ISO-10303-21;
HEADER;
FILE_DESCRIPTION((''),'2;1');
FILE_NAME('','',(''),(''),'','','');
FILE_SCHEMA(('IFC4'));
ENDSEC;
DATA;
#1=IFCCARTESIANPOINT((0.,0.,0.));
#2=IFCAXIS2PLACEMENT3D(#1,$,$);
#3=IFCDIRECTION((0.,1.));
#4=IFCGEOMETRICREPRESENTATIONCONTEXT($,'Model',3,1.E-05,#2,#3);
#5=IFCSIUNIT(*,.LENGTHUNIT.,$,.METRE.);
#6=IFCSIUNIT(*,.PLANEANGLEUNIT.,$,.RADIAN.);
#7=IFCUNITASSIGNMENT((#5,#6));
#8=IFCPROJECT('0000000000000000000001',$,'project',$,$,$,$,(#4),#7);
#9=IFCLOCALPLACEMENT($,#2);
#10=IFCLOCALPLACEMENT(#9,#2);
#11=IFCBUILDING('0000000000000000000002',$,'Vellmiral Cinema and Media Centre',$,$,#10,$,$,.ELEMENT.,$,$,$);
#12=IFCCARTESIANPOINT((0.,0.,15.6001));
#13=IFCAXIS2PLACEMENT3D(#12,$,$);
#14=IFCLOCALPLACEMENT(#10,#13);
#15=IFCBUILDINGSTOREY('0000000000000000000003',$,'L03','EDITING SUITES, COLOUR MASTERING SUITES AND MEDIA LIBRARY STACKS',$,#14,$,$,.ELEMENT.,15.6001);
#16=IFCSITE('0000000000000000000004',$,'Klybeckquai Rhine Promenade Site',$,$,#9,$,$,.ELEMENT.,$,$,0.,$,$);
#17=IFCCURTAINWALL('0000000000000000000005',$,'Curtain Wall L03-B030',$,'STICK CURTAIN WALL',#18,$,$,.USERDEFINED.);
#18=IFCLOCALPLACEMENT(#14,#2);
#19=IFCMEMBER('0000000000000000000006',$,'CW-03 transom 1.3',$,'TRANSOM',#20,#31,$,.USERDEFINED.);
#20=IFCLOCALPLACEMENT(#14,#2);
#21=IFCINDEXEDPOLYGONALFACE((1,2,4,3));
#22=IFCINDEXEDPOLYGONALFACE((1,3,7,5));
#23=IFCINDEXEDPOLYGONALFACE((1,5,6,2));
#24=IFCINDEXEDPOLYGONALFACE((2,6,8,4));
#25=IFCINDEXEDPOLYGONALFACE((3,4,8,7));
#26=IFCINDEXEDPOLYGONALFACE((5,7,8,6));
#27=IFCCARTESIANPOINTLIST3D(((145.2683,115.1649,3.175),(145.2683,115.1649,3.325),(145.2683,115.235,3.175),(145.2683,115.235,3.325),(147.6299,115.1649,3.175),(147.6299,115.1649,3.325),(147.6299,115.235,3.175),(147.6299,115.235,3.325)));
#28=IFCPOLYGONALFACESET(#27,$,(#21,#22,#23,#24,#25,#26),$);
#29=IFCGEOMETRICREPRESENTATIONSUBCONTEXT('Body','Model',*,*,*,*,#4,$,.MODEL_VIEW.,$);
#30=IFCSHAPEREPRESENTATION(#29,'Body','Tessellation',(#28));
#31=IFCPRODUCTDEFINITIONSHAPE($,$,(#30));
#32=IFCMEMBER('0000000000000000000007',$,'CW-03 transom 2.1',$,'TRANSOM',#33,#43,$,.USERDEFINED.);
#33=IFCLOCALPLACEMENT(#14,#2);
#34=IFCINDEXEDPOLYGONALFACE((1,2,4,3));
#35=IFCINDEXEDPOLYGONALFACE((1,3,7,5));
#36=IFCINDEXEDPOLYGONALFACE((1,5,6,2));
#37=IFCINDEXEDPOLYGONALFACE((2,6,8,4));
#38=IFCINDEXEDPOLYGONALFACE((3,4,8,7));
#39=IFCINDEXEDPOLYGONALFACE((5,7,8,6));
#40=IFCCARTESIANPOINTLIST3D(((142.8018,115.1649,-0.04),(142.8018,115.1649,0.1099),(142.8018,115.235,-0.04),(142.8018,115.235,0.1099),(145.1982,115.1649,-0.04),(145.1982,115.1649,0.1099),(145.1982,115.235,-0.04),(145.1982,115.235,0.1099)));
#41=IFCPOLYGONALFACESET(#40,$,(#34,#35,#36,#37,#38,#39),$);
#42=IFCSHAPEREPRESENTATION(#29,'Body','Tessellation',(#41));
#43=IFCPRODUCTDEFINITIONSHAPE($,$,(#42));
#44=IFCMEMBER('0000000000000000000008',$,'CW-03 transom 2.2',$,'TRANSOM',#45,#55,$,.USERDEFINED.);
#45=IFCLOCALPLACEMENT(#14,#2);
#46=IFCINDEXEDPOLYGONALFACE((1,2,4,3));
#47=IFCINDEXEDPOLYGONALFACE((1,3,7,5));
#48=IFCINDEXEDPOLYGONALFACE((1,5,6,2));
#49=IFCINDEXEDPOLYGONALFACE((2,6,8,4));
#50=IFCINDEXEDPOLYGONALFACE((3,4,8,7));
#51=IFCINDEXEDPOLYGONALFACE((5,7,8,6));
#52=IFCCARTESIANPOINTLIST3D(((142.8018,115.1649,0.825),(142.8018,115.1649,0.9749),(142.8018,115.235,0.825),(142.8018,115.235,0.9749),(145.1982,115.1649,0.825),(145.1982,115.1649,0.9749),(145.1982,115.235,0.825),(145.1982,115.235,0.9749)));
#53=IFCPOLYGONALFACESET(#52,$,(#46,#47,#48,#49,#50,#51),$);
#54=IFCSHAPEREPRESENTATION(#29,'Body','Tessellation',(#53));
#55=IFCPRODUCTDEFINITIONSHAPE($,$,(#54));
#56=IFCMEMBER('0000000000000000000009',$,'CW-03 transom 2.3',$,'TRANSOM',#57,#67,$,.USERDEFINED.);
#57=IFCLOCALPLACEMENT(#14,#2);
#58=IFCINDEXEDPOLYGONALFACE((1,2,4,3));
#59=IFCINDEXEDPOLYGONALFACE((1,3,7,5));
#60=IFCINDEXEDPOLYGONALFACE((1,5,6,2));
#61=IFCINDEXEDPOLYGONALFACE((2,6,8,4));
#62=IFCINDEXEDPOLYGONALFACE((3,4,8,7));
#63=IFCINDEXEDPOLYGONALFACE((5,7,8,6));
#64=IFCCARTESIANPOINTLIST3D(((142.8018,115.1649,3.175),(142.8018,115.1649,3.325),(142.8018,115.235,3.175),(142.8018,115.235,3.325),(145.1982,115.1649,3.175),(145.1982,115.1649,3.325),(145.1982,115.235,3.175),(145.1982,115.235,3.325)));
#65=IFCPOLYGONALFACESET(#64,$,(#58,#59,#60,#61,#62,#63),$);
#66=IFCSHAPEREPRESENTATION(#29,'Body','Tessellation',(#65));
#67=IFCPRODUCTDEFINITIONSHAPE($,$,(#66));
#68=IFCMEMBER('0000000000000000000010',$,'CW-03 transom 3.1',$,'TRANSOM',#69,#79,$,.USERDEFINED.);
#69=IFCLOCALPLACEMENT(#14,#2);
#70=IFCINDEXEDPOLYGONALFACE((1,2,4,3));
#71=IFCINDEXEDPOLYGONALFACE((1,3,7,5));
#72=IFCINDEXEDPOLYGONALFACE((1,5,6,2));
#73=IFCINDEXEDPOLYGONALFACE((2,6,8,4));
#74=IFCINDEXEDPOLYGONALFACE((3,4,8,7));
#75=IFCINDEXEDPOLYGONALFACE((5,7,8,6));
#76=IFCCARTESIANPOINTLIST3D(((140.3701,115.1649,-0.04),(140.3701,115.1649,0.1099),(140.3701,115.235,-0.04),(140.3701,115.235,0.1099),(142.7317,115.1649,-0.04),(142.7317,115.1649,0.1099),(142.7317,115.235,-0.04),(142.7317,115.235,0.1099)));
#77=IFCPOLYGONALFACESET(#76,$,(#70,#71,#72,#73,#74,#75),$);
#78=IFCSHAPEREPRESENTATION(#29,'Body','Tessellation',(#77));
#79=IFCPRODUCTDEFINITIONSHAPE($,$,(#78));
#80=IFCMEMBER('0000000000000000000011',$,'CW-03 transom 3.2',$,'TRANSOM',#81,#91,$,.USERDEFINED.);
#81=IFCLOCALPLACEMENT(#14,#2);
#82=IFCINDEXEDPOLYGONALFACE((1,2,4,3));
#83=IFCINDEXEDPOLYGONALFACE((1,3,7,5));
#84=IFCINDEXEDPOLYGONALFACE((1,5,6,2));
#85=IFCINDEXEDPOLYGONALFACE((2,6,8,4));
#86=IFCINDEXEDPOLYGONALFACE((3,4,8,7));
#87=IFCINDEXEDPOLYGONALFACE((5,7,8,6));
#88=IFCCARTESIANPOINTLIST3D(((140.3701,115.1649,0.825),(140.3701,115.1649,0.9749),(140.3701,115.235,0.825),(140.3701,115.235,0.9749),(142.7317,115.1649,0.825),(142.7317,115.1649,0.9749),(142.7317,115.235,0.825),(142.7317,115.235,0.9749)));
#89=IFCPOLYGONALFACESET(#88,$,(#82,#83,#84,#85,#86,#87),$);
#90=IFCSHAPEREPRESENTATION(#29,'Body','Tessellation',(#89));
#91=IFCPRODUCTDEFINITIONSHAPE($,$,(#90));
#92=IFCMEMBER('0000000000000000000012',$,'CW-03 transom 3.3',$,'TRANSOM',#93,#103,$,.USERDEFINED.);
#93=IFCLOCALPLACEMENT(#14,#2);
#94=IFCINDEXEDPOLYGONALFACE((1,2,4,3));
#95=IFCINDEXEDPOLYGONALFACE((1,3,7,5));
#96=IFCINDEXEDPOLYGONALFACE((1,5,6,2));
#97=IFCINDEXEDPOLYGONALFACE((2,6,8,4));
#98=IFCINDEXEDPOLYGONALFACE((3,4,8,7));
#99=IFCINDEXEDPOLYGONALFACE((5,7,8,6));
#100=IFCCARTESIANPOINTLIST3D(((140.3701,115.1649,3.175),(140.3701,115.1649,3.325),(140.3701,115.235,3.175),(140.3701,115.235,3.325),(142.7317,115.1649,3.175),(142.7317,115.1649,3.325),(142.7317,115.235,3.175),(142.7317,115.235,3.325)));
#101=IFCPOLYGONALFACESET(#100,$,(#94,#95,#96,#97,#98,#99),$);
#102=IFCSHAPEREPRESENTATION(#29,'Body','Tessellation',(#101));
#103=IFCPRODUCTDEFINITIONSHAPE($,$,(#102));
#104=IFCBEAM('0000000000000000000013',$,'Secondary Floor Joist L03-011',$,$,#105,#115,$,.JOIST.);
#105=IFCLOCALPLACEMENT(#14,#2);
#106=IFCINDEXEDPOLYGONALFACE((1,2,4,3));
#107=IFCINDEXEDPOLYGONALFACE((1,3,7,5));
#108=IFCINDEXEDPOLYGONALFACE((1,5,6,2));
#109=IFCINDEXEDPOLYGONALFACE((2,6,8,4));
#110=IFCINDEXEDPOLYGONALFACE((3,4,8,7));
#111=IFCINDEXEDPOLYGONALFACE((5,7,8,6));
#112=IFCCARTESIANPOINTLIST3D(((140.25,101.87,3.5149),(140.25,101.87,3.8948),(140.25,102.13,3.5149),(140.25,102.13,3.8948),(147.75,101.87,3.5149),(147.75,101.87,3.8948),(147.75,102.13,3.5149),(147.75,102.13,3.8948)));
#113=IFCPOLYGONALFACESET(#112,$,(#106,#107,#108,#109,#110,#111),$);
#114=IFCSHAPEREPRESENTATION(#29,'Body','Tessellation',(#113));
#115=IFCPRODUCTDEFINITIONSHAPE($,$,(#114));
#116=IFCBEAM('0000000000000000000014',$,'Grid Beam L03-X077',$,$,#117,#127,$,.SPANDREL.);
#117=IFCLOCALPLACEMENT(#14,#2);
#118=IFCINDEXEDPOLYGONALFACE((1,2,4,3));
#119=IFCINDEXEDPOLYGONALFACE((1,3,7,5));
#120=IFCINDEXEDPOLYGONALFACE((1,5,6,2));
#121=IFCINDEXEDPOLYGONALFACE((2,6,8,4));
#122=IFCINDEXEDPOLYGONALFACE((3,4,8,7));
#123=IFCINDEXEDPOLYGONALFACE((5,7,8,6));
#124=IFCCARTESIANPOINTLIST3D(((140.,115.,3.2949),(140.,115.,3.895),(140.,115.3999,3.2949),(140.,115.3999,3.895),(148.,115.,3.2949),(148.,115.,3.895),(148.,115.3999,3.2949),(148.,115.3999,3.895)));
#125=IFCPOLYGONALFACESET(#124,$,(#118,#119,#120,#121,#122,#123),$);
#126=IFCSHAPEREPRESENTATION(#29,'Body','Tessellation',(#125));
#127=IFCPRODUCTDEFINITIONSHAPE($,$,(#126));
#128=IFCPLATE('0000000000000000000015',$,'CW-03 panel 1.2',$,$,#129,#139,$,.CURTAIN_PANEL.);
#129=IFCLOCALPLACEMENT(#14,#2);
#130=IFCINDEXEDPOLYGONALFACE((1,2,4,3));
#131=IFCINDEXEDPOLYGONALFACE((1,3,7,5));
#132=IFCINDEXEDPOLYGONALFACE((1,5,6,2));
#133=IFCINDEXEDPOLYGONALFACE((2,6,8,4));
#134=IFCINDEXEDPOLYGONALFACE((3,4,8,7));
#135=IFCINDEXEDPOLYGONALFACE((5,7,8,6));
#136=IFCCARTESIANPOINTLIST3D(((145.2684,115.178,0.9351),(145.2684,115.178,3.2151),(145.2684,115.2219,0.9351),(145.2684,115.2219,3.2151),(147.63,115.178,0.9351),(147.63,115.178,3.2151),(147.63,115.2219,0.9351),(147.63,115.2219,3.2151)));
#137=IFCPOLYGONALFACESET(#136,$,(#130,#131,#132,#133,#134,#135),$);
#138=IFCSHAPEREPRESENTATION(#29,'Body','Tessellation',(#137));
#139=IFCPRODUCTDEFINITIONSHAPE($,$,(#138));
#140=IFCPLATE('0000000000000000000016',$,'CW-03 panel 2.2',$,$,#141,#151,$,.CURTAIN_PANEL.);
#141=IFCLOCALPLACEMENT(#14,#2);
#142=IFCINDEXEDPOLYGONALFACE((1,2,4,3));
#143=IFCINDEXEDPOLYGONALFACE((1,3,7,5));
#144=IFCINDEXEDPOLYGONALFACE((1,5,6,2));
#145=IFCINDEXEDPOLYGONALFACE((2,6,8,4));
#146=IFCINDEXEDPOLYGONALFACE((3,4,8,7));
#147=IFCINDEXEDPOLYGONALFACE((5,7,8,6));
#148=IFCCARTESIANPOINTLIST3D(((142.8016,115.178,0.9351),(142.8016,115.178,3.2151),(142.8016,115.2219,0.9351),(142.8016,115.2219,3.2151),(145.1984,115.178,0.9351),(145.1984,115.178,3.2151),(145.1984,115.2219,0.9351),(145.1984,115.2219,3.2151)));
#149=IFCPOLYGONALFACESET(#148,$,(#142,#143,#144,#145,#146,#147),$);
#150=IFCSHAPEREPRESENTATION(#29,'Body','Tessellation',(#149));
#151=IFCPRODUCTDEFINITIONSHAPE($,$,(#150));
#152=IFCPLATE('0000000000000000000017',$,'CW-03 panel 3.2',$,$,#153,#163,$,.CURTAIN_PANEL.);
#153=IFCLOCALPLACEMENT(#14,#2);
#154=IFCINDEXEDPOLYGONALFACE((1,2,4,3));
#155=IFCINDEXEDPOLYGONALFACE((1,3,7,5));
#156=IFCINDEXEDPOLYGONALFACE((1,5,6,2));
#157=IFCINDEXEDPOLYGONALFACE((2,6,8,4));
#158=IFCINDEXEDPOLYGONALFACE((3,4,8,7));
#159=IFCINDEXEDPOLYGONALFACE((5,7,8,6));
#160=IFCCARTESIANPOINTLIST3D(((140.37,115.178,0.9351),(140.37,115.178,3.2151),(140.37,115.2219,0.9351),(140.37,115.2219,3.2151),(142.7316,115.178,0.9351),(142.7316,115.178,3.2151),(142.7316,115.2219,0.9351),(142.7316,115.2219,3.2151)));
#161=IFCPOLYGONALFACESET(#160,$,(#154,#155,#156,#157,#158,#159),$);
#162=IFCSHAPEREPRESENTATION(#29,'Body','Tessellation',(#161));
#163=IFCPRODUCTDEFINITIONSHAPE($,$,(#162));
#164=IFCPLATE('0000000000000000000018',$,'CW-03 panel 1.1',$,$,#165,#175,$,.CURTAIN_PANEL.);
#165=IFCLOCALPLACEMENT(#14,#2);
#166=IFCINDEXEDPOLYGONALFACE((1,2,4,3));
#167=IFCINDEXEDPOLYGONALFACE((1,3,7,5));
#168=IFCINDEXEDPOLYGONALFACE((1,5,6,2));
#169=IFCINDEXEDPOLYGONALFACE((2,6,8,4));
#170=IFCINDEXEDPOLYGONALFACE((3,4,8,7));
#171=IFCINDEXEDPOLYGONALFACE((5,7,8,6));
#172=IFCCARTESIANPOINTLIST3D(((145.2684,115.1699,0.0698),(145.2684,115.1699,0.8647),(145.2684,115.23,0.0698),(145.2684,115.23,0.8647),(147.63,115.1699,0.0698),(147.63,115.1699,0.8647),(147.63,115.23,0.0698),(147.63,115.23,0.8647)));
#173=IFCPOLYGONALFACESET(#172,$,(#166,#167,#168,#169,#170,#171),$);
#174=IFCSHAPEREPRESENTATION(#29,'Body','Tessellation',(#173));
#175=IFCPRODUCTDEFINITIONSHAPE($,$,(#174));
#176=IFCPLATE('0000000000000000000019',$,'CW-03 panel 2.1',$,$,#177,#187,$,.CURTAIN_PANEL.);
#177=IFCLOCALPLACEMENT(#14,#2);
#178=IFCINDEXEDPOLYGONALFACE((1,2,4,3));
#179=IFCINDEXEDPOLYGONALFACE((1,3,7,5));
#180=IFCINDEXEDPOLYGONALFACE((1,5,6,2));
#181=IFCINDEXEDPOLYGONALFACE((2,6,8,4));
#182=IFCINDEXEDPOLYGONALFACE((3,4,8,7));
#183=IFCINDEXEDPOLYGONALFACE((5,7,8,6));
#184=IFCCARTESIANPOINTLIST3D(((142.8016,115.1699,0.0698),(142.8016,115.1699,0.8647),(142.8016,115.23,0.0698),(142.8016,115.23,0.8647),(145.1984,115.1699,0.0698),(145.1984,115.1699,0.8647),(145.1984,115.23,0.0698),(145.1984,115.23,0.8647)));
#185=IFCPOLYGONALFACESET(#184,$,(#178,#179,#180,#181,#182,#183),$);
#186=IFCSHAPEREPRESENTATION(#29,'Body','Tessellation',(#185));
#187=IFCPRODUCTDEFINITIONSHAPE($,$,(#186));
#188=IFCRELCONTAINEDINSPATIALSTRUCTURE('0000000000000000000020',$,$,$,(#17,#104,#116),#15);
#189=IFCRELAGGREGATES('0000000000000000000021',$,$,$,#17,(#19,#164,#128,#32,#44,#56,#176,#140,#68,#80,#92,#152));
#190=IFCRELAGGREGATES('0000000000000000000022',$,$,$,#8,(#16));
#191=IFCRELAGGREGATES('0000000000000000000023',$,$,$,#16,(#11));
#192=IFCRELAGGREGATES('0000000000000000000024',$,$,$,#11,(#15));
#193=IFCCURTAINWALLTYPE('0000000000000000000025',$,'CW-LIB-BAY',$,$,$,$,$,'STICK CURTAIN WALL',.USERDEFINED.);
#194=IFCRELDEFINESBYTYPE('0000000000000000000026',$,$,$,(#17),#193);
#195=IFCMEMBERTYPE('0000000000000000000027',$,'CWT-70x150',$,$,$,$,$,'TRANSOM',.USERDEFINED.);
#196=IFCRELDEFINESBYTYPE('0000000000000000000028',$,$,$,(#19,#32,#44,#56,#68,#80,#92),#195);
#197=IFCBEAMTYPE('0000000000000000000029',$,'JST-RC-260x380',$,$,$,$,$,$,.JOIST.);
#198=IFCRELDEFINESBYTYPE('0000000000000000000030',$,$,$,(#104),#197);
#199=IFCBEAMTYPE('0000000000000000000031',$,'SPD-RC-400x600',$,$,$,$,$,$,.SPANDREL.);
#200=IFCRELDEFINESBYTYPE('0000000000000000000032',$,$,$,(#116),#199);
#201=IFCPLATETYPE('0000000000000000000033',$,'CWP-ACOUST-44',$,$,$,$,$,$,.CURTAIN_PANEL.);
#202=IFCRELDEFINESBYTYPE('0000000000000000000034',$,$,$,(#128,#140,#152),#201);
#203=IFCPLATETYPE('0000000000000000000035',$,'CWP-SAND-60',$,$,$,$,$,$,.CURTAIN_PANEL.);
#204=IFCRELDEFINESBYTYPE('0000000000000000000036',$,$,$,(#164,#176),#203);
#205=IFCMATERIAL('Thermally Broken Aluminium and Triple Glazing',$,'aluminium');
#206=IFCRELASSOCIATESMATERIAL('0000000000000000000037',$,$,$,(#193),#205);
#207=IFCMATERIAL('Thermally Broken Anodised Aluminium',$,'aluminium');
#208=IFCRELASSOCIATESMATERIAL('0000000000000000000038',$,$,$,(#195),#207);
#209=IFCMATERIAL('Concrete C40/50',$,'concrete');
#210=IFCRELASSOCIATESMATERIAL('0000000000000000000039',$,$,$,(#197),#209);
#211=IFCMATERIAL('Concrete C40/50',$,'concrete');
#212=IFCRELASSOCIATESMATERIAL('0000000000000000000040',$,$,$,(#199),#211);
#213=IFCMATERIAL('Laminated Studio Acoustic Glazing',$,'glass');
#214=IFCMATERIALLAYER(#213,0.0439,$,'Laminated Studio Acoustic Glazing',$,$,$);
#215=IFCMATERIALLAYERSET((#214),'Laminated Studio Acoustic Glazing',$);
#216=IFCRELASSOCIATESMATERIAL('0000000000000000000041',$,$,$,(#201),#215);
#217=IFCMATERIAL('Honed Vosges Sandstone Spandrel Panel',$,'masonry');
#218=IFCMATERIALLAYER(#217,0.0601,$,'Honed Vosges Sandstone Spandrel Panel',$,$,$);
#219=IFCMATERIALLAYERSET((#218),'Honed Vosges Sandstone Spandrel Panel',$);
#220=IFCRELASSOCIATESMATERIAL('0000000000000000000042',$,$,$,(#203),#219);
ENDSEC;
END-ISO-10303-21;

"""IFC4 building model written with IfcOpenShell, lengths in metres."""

from ifc_helpers import new_model, si_unit, direction, frame, origin, origin_2d, place, context, subcontext, project, spatial, rectangle, extrude, material, layer, layer_set, material_profile, profile_set, type_object, element, aggregate, save


model = new_model("IFC4")

# Units and contexts
model_context = context("Model", 3, precision=1e-05, world=origin(), true_north=direction((0.0, 1.0)))
body_context = subcontext(model_context, "Body", "Model", "MODEL_VIEW")
ifc_project = project(units=[si_unit("LENGTHUNIT", "METRE"), si_unit("PLANEANGLEUNIT", "RADIAN")], contexts=[model_context])

# Site, building, storey
site_placement = place(None, origin())
site = spatial("IfcSite", under=ifc_project, at=site_placement, Name="Klybeckquai Rhine Promenade Site", CompositionType="ELEMENT", RefElevation=0.0)
building_placement = place(site_placement, origin())
building = spatial("IfcBuilding", under=site, at=building_placement, Name="Vellmiral Cinema and Media Centre", CompositionType="ELEMENT")
storey_placement = place(building_placement, frame((0.0, 0.0, 15.6001)))
storey = spatial("IfcBuildingStorey", under=building, at=storey_placement, Name="L03", Description="EDITING SUITES, COLOUR MASTERING SUITES AND MEDIA LIBRARY STACKS", CompositionType="ELEMENT", Elevation=15.6001)

# Curtain wall, members
ifc_material_1 = material(Name="Thermally Broken Aluminium and Triple Glazing", Category="aluminium")
curtain_wall_type = type_object("IfcCurtainWallType", Name="CW-LIB-BAY", ElementType="STICK CURTAIN WALL", PredefinedType="USERDEFINED", material=ifc_material_1)
curtain_wall_placement = place(storey_placement, origin())
curtain_wall = element("IfcCurtainWall", 1, at=curtain_wall_placement, inside=storey, type_object=curtain_wall_type, Name="Curtain Wall L03-B030", ObjectType="STICK CURTAIN WALL", PredefinedType="USERDEFINED")
ifc_material_2 = material(Name="Thermally Broken Anodised Aluminium", Category="aluminium")
ifc_material_profile_1 = material_profile(ifc_material_2, rectangle(XDim=0.0701, YDim=0.1499, at=origin_2d()), Name="MULL 70x150")
ifc_profile_set_1 = profile_set([ifc_material_profile_1], Name="Thermally Broken Anodised Aluminium")
member_type_1 = type_object("IfcMemberType", Name="CWT-70x150", ElementType="TRANSOM", PredefinedType="USERDEFINED", material=ifc_profile_set_1)
member_1_placement = place(storey_placement, frame((147.6299, 115.2, 3.25), z_axis=(-1.0, 0.0, 0.0), x_axis=(0.0, -1.0, 0.0)))
member_1 = element("IfcMember", 2, at=member_1_placement, type_object=member_type_1, Name="CW-03 transom 1.3", ObjectType="TRANSOM", PredefinedType="USERDEFINED", context=body_context, shape_type="SweptSolid", body=[
    extrude(rectangle(XDim=0.0701, YDim=0.1499, at=origin_2d()), origin(), (0.0, 0.0, 1.0), 2.3616),
])
member_2_placement = place(storey_placement, frame((145.1982, 115.2, 0.0349), z_axis=(-1.0, 0.0, 0.0), x_axis=(0.0, -1.0, 0.0)))
member_2 = element("IfcMember", 3, at=member_2_placement, type_object=member_type_1, Name="CW-03 transom 2.1", ObjectType="TRANSOM", PredefinedType="USERDEFINED", context=body_context, shape_type="SweptSolid", body=[
    extrude(rectangle(XDim=0.0701, YDim=0.1499, at=origin_2d()), origin(), (0.0, 0.0, 1.0), 2.3965),
])
member_3_placement = place(storey_placement, frame((145.1982, 115.2, 0.8999), z_axis=(-1.0, 0.0, 0.0), x_axis=(0.0, -1.0, 0.0)))
member_3 = element("IfcMember", 4, at=member_3_placement, type_object=member_type_1, Name="CW-03 transom 2.2", ObjectType="TRANSOM", PredefinedType="USERDEFINED", context=body_context, shape_type="SweptSolid", body=[
    extrude(rectangle(XDim=0.0701, YDim=0.1499, at=origin_2d()), origin(), (0.0, 0.0, 1.0), 2.3965),
])
member_4_placement = place(storey_placement, frame((145.1982, 115.2, 3.25), z_axis=(-1.0, 0.0, 0.0), x_axis=(0.0, -1.0, 0.0)))
member_4 = element("IfcMember", 5, at=member_4_placement, type_object=member_type_1, Name="CW-03 transom 2.3", ObjectType="TRANSOM", PredefinedType="USERDEFINED", context=body_context, shape_type="SweptSolid", body=[
    extrude(rectangle(XDim=0.0701, YDim=0.1499, at=origin_2d()), origin(), (0.0, 0.0, 1.0), 2.3965),
])
member_5_placement = place(storey_placement, frame((142.7317, 115.2, 0.0349), z_axis=(-1.0, 0.0, 0.0), x_axis=(0.0, -1.0, 0.0)))
member_5 = element("IfcMember", 6, at=member_5_placement, type_object=member_type_1, Name="CW-03 transom 3.1", ObjectType="TRANSOM", PredefinedType="USERDEFINED", context=body_context, shape_type="SweptSolid", body=[
    extrude(rectangle(XDim=0.0701, YDim=0.1499, at=origin_2d()), origin(), (0.0, 0.0, 1.0), 2.3616),
])
member_6_placement = place(storey_placement, frame((142.7317, 115.2, 0.8999), z_axis=(-1.0, 0.0, 0.0), x_axis=(0.0, -1.0, 0.0)))
member_6 = element("IfcMember", 7, at=member_6_placement, type_object=member_type_1, Name="CW-03 transom 3.2", ObjectType="TRANSOM", PredefinedType="USERDEFINED", context=body_context, shape_type="SweptSolid", body=[
    extrude(rectangle(XDim=0.0701, YDim=0.1499, at=origin_2d()), origin(), (0.0, 0.0, 1.0), 2.3616),
])
member_7_placement = place(storey_placement, frame((142.7317, 115.2, 3.25), z_axis=(-1.0, 0.0, 0.0), x_axis=(0.0, -1.0, 0.0)))
member_7 = element("IfcMember", 8, at=member_7_placement, type_object=member_type_1, Name="CW-03 transom 3.3", ObjectType="TRANSOM", PredefinedType="USERDEFINED", context=body_context, shape_type="SweptSolid", body=[
    extrude(rectangle(XDim=0.0701, YDim=0.1499, at=origin_2d()), origin(), (0.0, 0.0, 1.0), 2.3616),
])

# Beams
ifc_material_3 = material(Name="Concrete C40/50", Category="concrete")
ifc_material_profile_2 = material_profile(ifc_material_3, rectangle(XDim=0.26, YDim=0.3799, at=origin_2d()), Name="RC 260x380")
ifc_profile_set_2 = profile_set([ifc_material_profile_2], Name="Concrete C40/50")
beam_type_1 = type_object("IfcBeamType", Name="JST-RC-260x380", PredefinedType="JOIST", material=ifc_profile_set_2)
beam_1_placement = place(storey_placement, frame((140.25, 102.0, 3.7048), z_axis=(1.0, 0.0, 0.0), x_axis=(0.0, 1.0, 0.0)))
element("IfcBeam", 9, at=beam_1_placement, inside=storey, type_object=beam_type_1, Name="Secondary Floor Joist L03-011", PredefinedType="JOIST", context=body_context, shape_type="SweptSolid", body=[
    extrude(rectangle(XDim=0.26, YDim=0.3799, at=origin_2d()), origin(), (0.0, 0.0, 1.0), 7.5),
])
ifc_material_4 = material(Name="Concrete C40/50", Category="concrete")
ifc_material_profile_3 = material_profile(ifc_material_4, rectangle(XDim=0.3999, YDim=0.6001, at=origin_2d()), Name="RC 400x600")
ifc_profile_set_3 = profile_set([ifc_material_profile_3], Name="Concrete C40/50")
beam_type_2 = type_object("IfcBeamType", Name="SPD-RC-400x600", PredefinedType="SPANDREL", material=ifc_profile_set_3)
beam_2_placement = place(storey_placement, frame((140.0, 115.2, 3.595), z_axis=(1.0, 0.0, 0.0), x_axis=(0.0, 1.0, 0.0)))
element("IfcBeam", 10, at=beam_2_placement, inside=storey, type_object=beam_type_2, Name="Grid Beam L03-X077", PredefinedType="SPANDREL", context=body_context, shape_type="SweptSolid", body=[
    extrude(rectangle(XDim=0.3999, YDim=0.6001, at=origin_2d()), origin(), (0.0, 0.0, 1.0), 8.0),
])

# Plates
ifc_material_5 = material(Name="Laminated Studio Acoustic Glazing", Category="glass")
ifc_layer_1 = layer(ifc_material_5, 0.0439, Name="Laminated Studio Acoustic Glazing")
ifc_layer_set_1 = layer_set([ifc_layer_1], Name="Laminated Studio Acoustic Glazing")
plate_type_1 = type_object("IfcPlateType", Name="CWP-ACOUST-44", PredefinedType="CURTAIN_PANEL", material=ifc_layer_set_1)
plate_1_placement = place(storey_placement, frame((146.4492, 115.2, 0.9351), z_axis=(0.0, 0.0, 1.0), x_axis=(-1.0, 0.0, 0.0)))
plate_1 = element("IfcPlate", 11, at=plate_1_placement, type_object=plate_type_1, Name="CW-03 panel 1.2", PredefinedType="CURTAIN_PANEL", context=body_context, shape_type="SweptSolid", body=[
    extrude(rectangle(XDim=2.3616, YDim=0.0439, at=origin_2d()), origin(), (0.0, 0.0, 1.0), 2.28),
])
plate_2_placement = place(storey_placement, frame((144.0, 115.2, 0.9351), z_axis=(0.0, 0.0, 1.0), x_axis=(-1.0, 0.0, 0.0)))
plate_2 = element("IfcPlate", 12, at=plate_2_placement, type_object=plate_type_1, Name="CW-03 panel 2.2", PredefinedType="CURTAIN_PANEL", context=body_context, shape_type="SweptSolid", body=[
    extrude(rectangle(XDim=2.3967, YDim=0.0439, at=origin_2d()), origin(), (0.0, 0.0, 1.0), 2.28),
])
plate_3_placement = place(storey_placement, frame((141.5508, 115.2, 0.9351), z_axis=(0.0, 0.0, 1.0), x_axis=(-1.0, 0.0, 0.0)))
plate_3 = element("IfcPlate", 13, at=plate_3_placement, type_object=plate_type_1, Name="CW-03 panel 3.2", PredefinedType="CURTAIN_PANEL", context=body_context, shape_type="SweptSolid", body=[
    extrude(rectangle(XDim=2.3616, YDim=0.0439, at=origin_2d()), origin(), (0.0, 0.0, 1.0), 2.28),
])
ifc_material_6 = material(Name="Honed Vosges Sandstone Spandrel Panel", Category="masonry")
ifc_layer_2 = layer(ifc_material_6, 0.0601, Name="Honed Vosges Sandstone Spandrel Panel")
ifc_layer_set_2 = layer_set([ifc_layer_2], Name="Honed Vosges Sandstone Spandrel Panel")
plate_type_2 = type_object("IfcPlateType", Name="CWP-SAND-60", PredefinedType="CURTAIN_PANEL", material=ifc_layer_set_2)
plate_4_placement = place(storey_placement, frame((146.4492, 115.2, 0.0698), z_axis=(0.0, 0.0, 1.0), x_axis=(-1.0, 0.0, 0.0)))
plate_4 = element("IfcPlate", 14, at=plate_4_placement, type_object=plate_type_2, Name="CW-03 panel 1.1", PredefinedType="CURTAIN_PANEL", context=body_context, shape_type="SweptSolid", body=[
    extrude(rectangle(XDim=2.3616, YDim=0.0601, at=origin_2d()), origin(), (0.0, 0.0, 1.0), 0.7949),
])
plate_5_placement = place(storey_placement, frame((144.0, 115.2, 0.0698), z_axis=(0.0, 0.0, 1.0), x_axis=(-1.0, 0.0, 0.0)))
plate_5 = element("IfcPlate", 15, at=plate_5_placement, type_object=plate_type_2, Name="CW-03 panel 2.1", PredefinedType="CURTAIN_PANEL", context=body_context, shape_type="SweptSolid", body=[
    extrude(rectangle(XDim=2.3967, YDim=0.0601, at=origin_2d()), origin(), (0.0, 0.0, 1.0), 0.7949),
])
aggregate(curtain_wall, [member_1, plate_4, plate_1, member_2, member_3, member_4, plate_5, plate_2, member_5, member_6, member_7, plate_3])

save(model, "model.ifc")
